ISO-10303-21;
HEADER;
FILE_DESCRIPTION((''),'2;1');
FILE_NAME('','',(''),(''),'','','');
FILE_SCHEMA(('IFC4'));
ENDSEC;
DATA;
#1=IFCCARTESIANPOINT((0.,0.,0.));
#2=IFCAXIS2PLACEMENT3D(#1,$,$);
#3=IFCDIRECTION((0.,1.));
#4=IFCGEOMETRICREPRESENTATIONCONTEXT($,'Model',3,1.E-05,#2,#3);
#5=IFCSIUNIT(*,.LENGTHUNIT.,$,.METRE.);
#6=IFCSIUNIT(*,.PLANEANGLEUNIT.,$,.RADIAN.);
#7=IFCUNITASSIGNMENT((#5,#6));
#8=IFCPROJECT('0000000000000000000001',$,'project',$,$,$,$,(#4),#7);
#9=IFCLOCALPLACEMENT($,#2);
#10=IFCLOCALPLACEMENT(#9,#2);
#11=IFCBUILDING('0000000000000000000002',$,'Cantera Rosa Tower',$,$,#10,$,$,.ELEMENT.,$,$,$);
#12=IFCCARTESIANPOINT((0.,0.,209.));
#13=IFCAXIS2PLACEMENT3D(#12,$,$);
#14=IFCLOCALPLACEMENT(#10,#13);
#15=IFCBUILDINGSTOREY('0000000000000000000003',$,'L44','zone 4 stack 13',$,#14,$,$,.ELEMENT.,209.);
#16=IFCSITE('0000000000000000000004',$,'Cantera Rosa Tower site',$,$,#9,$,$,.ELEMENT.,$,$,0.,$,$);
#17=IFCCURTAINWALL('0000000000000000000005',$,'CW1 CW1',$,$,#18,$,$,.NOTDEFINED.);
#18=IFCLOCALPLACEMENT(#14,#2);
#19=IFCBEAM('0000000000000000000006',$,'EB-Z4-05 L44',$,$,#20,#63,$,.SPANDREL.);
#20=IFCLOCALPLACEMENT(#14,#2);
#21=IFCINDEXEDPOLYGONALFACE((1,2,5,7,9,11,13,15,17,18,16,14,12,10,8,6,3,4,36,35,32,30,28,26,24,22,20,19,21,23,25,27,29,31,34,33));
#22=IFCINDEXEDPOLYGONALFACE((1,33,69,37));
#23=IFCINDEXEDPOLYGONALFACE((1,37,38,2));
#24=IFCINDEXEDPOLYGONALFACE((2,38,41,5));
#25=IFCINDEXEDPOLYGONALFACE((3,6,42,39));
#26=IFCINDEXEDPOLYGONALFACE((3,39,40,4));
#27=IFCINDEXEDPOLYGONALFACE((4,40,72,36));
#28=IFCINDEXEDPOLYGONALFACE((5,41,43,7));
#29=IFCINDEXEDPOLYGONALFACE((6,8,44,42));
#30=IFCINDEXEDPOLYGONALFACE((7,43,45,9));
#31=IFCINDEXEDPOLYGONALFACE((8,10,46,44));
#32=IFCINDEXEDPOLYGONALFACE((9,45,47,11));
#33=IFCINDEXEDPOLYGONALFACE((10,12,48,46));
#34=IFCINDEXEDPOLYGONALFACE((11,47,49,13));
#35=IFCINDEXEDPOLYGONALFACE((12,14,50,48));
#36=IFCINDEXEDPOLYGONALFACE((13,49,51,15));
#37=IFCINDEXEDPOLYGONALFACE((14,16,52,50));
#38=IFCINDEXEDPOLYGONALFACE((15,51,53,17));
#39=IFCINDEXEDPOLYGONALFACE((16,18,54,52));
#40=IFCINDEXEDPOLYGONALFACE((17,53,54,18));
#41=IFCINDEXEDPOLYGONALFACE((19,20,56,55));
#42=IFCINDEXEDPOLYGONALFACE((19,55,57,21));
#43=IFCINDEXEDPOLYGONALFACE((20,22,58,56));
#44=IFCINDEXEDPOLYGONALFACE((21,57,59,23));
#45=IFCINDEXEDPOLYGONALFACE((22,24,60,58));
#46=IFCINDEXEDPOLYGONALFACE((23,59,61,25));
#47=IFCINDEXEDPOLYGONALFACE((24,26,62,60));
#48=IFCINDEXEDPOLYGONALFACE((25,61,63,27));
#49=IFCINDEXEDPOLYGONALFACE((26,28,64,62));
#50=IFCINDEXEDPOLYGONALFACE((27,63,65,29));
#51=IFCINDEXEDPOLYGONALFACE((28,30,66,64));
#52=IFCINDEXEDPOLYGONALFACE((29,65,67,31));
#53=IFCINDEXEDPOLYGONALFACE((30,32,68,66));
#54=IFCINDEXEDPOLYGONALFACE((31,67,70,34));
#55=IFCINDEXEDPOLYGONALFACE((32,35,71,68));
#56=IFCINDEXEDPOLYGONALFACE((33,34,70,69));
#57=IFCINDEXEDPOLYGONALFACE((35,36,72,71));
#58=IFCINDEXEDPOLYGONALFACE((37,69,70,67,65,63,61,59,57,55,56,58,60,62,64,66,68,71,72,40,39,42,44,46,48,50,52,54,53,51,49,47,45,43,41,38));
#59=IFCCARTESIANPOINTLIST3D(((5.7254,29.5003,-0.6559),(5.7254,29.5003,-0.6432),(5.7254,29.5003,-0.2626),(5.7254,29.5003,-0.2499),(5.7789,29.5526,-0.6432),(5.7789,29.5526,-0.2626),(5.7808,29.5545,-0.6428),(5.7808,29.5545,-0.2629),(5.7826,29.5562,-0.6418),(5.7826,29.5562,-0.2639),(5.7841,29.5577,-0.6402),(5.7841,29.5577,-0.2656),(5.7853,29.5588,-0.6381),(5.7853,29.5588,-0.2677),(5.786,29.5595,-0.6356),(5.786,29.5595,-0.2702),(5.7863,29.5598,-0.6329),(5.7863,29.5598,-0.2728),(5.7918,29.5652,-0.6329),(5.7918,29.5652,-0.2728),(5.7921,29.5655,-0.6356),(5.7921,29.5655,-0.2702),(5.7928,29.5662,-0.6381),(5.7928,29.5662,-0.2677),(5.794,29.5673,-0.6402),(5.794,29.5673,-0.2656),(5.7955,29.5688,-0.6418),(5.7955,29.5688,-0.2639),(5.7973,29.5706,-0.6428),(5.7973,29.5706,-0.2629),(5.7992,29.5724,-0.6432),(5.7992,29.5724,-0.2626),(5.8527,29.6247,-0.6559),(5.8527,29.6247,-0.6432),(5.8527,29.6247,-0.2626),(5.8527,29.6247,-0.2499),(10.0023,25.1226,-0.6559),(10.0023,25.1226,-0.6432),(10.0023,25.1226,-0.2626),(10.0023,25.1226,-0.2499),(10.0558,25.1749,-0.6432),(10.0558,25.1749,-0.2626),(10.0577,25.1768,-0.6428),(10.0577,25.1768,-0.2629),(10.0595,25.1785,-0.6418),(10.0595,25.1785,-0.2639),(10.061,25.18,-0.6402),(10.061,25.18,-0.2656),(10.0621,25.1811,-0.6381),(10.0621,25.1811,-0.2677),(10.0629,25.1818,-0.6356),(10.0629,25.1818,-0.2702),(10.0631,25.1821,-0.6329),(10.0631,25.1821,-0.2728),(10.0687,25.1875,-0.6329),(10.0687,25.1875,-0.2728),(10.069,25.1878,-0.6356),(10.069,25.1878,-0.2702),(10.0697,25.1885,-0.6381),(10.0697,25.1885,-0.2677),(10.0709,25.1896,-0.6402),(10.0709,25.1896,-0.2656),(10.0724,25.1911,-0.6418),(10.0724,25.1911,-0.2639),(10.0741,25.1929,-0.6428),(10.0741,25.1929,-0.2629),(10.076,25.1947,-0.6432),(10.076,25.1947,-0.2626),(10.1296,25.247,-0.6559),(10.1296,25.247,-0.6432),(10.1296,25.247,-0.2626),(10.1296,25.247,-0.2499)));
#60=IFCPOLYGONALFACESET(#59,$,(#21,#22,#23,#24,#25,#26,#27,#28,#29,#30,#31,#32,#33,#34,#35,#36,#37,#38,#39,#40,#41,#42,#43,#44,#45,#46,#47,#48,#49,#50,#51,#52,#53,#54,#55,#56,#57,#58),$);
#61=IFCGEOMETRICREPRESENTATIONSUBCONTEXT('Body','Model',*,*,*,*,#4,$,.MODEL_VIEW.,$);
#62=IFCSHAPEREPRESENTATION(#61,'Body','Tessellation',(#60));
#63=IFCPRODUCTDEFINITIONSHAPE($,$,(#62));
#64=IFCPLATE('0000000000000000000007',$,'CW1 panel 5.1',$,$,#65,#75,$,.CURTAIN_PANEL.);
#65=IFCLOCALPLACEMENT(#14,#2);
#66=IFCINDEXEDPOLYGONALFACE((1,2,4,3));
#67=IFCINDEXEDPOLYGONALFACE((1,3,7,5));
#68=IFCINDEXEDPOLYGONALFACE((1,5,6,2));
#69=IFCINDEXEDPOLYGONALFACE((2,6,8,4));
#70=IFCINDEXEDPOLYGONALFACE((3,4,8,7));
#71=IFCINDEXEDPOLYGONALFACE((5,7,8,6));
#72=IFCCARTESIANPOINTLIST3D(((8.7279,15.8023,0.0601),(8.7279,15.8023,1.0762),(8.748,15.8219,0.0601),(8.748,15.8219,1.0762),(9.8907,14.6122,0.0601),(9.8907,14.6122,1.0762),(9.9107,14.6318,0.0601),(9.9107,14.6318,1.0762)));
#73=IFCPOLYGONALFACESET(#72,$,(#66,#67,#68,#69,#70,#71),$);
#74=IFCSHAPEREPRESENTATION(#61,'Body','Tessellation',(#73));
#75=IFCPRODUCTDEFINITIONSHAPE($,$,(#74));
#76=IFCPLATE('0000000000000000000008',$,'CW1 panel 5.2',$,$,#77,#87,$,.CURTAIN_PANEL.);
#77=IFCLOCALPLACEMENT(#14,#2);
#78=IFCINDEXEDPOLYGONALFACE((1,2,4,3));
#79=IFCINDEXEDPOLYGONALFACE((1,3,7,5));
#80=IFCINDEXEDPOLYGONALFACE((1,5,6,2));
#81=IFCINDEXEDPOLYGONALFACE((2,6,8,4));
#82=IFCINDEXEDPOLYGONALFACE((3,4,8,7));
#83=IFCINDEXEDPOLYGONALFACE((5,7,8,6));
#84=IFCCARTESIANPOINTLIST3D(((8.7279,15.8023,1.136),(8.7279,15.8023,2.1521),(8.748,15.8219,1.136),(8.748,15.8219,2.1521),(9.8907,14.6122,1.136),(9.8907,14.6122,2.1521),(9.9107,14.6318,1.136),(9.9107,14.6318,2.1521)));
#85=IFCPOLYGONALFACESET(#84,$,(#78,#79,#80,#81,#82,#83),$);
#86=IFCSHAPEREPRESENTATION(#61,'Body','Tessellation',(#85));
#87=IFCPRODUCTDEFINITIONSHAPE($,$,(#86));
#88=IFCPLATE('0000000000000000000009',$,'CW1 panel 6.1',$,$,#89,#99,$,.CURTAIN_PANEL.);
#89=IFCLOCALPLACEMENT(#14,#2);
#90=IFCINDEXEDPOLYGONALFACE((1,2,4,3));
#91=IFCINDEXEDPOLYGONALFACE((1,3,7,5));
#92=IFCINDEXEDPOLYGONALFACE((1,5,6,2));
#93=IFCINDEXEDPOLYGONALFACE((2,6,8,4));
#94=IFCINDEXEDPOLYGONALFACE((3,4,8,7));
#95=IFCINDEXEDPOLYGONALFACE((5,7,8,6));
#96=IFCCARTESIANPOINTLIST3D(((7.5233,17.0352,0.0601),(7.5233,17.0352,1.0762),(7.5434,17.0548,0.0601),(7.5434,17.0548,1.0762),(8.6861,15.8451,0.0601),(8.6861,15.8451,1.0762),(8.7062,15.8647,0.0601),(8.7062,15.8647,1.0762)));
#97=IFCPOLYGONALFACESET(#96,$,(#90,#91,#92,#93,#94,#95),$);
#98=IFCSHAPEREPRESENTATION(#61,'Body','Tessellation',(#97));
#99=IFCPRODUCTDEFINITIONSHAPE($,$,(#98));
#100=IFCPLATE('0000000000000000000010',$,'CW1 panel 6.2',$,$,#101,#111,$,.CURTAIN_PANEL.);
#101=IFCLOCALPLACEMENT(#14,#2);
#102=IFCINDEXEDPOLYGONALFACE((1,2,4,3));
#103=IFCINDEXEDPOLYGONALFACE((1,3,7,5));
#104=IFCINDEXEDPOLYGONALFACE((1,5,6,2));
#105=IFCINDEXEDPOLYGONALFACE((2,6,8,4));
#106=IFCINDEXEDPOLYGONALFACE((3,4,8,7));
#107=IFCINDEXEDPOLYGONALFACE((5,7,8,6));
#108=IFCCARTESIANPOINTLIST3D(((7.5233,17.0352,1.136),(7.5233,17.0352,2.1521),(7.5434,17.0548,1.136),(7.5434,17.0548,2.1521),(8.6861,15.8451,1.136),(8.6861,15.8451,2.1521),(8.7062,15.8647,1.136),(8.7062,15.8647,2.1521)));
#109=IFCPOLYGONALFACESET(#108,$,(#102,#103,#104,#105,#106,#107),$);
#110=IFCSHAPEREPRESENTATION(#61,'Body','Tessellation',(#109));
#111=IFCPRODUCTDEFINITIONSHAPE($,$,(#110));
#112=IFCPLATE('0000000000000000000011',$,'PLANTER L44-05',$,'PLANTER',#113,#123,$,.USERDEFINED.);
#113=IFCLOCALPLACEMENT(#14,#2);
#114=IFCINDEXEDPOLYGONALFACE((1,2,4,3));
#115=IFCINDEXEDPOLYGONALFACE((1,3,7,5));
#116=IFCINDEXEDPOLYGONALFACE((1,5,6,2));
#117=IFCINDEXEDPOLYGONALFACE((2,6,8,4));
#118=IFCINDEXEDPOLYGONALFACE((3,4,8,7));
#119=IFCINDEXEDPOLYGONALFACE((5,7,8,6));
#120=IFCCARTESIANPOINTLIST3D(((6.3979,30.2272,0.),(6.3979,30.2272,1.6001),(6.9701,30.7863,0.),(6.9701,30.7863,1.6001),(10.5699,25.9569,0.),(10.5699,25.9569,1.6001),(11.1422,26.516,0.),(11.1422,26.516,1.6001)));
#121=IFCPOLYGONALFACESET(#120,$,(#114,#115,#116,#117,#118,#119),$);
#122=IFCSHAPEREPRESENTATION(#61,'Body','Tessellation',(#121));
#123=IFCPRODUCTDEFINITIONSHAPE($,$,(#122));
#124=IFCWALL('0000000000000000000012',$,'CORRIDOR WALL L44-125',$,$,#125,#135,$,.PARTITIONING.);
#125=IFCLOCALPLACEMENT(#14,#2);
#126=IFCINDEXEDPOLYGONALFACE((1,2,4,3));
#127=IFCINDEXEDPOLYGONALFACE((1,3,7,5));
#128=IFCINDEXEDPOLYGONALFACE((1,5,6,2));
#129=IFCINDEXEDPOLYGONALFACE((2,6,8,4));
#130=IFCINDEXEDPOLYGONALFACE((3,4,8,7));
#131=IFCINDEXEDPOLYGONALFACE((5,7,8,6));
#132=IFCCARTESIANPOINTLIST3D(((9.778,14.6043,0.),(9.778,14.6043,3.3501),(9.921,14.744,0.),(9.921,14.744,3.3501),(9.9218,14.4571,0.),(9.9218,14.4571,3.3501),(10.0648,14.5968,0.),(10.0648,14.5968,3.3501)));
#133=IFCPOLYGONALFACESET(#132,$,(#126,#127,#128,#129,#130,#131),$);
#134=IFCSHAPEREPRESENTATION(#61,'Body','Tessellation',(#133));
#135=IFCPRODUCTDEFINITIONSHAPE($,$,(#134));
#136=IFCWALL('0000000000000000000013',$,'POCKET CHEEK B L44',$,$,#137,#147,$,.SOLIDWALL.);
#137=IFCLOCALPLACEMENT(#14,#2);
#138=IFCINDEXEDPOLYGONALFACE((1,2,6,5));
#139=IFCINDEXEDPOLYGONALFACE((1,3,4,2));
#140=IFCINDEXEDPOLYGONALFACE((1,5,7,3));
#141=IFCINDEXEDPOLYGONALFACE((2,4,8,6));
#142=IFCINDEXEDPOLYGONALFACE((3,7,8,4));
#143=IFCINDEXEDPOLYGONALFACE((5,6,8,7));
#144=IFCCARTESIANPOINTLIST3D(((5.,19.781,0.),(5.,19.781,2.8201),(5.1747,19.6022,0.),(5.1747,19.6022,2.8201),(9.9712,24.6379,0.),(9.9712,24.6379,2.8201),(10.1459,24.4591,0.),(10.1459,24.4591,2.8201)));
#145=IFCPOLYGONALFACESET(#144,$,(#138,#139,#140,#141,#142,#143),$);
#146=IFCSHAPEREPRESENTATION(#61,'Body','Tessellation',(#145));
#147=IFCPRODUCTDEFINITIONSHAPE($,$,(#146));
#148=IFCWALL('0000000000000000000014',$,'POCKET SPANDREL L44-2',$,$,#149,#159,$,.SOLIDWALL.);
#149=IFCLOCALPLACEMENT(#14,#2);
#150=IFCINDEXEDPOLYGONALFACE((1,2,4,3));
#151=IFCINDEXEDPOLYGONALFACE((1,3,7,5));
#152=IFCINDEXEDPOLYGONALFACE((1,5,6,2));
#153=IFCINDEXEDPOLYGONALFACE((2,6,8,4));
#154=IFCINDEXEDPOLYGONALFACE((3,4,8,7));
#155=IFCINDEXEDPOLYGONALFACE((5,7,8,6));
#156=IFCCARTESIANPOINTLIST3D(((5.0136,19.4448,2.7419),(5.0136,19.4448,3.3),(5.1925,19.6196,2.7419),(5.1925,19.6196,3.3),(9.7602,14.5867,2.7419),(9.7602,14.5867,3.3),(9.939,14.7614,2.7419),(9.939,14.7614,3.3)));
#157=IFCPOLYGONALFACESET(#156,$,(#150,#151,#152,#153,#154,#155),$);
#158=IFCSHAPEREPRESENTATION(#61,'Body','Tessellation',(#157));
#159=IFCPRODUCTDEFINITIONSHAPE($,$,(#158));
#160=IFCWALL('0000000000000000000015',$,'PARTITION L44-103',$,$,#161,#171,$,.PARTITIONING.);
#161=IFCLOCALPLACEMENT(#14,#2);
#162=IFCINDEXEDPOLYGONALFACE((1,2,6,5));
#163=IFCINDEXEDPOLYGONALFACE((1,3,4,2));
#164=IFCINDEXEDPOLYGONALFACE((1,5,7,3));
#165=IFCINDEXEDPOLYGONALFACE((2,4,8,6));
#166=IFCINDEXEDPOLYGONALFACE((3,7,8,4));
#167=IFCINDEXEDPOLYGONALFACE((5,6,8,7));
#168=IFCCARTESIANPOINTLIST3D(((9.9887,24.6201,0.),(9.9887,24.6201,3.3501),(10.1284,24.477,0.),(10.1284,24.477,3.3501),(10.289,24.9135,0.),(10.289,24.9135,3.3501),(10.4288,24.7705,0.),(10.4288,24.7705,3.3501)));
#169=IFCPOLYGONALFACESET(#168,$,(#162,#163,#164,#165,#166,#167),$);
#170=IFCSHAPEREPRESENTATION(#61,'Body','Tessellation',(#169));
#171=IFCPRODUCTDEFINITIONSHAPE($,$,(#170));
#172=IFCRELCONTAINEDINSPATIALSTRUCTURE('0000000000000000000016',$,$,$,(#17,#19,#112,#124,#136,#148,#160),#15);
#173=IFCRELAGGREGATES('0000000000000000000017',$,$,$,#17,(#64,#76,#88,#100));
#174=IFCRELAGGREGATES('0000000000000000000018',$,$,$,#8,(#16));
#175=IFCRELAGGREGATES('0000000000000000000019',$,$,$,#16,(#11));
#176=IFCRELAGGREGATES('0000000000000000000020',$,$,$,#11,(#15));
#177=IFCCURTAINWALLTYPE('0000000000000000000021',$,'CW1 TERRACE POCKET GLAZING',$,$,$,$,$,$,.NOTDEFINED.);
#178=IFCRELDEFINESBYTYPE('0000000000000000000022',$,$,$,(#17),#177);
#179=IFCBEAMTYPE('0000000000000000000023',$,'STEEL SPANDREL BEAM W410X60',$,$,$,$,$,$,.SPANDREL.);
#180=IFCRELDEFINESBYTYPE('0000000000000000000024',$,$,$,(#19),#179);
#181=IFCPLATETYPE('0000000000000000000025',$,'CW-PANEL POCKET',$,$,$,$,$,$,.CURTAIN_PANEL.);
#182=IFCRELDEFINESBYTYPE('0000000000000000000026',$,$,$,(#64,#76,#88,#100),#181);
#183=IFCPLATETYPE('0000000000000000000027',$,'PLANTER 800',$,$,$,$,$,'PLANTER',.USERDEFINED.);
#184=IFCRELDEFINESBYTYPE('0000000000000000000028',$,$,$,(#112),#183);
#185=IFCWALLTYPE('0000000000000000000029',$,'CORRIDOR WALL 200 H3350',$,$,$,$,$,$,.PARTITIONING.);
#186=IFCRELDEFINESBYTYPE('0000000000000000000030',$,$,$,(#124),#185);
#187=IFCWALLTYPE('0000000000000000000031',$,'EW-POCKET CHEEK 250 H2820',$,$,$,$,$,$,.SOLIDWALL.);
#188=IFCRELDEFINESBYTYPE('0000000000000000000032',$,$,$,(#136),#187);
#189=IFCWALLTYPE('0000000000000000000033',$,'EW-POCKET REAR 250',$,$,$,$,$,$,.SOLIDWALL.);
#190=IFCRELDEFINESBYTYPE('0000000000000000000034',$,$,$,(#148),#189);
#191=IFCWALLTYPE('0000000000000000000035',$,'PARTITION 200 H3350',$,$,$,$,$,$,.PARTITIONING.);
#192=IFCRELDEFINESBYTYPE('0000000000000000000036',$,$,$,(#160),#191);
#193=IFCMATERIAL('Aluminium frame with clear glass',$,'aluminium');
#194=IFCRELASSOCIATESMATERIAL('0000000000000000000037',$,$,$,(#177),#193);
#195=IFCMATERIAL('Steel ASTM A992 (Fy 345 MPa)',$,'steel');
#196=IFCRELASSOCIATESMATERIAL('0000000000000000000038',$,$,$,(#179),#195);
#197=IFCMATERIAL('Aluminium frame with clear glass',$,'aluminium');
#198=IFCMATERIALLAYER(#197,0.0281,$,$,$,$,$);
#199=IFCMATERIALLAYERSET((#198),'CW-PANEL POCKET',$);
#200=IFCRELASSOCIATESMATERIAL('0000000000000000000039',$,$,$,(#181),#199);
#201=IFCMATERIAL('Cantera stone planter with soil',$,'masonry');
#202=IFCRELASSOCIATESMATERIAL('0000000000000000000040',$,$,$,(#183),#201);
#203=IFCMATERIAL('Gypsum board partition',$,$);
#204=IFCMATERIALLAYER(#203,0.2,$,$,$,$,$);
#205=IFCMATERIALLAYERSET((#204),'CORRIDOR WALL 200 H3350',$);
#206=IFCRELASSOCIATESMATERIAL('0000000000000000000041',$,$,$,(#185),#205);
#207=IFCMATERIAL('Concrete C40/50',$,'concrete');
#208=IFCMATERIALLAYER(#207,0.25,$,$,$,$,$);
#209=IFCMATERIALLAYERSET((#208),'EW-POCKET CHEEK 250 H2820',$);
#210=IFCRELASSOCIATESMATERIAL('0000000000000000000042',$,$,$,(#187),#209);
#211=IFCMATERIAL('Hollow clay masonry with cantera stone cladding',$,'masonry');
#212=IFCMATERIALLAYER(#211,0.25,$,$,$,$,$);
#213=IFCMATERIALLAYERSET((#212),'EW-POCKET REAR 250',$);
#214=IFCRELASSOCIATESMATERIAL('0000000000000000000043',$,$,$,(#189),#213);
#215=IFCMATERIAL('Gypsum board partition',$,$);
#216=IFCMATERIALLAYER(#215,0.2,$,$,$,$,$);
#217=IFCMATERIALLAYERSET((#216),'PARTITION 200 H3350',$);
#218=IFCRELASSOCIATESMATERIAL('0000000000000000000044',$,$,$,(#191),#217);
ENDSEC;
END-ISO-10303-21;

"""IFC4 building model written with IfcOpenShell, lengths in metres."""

from ifc_helpers import new_model, si_unit, direction, frame, frame_2d, origin, origin_2d, place, context, subcontext, project, spatial, rectangle, i_section, extrude, material, layer, layer_set, material_profile, profile_set, type_object, element, aggregate, save


model = new_model("IFC4")

# Units and contexts
model_context = context("Model", 3, precision=1e-05, world=origin(), true_north=direction((0.0, 1.0)))
body_context = subcontext(model_context, "Body", "Model", "MODEL_VIEW")
ifc_project = project(units=[si_unit("LENGTHUNIT", "METRE"), si_unit("PLANEANGLEUNIT", "RADIAN")], contexts=[model_context])

# Site, building, storey
site_placement = place(None, origin())
site = spatial("IfcSite", under=ifc_project, at=site_placement, Name="Cantera Rosa Tower site", CompositionType="ELEMENT", RefElevation=0.0)
building_placement = place(site_placement, origin())
building = spatial("IfcBuilding", under=site, at=building_placement, Name="Cantera Rosa Tower", CompositionType="ELEMENT")
storey_placement = place(building_placement, frame((0.0, 0.0, 209.0)))
storey = spatial("IfcBuildingStorey", under=building, at=storey_placement, Name="L44", Description="zone 4 stack 13", CompositionType="ELEMENT", Elevation=209.0)

# Curtain wall
ifc_material_1 = material(Name="Aluminium frame with clear glass", Category="aluminium")
curtain_wall_type = type_object("IfcCurtainWallType", Name="CW1 TERRACE POCKET GLAZING", PredefinedType="NOTDEFINED", material=ifc_material_1)
curtain_wall_placement = place(storey_placement, origin())
curtain_wall = element("IfcCurtainWall", 1, at=curtain_wall_placement, inside=storey, type_object=curtain_wall_type, Name="CW1 CW1", PredefinedType="NOTDEFINED")

# Beam
ifc_material_2 = material(Name="Steel ASTM A992 (Fy 345 MPa)", Category="steel")
ifc_material_profile_1 = material_profile(ifc_material_2, i_section(OverallWidth=0.178, OverallDepth=0.406, WebThickness=0.0078, FlangeThickness=0.0127, FilletRadius=0.0103, at=origin_2d()), Name="W410X60")
ifc_profile_set_1 = profile_set([ifc_material_profile_1], Name="Steel ASTM A992 (Fy 345 MPa)")
beam_type_1 = type_object("IfcBeamType", Name="STEEL SPANDREL BEAM W410X60", PredefinedType="SPANDREL", material=ifc_profile_set_1)
beam_placement = place(storey_placement, frame((10.0659, 25.1848, -0.4529), z_axis=(-0.698821, 0.715296, 0.0), x_axis=(-0.715296, -0.698821, 0.0)))
element("IfcBeam", 2, at=beam_placement, inside=storey, type_object=beam_type_1, Name="EB-Z4-05 L44", PredefinedType="SPANDREL", context=body_context, shape_type="SweptSolid", body=[
    extrude(i_section(OverallWidth=0.178, OverallDepth=0.406, WebThickness=0.0078, FlangeThickness=0.0127, FilletRadius=0.0103, at=origin_2d()), origin(), (0.0, 0.0, 1.0), 6.1201),
])

# Plates
ifc_material_3 = material(Name="Aluminium frame with clear glass", Category="aluminium")
ifc_layer_1 = layer(ifc_material_3, 0.0281)
ifc_layer_set_1 = layer_set([ifc_layer_1], Name="CW-PANEL POCKET")
plate_type_1 = type_object("IfcPlateType", Name="CW-PANEL POCKET", PredefinedType="CURTAIN_PANEL", material=ifc_layer_set_1)
plate_1_placement = place(storey_placement, frame((9.3193, 15.217, 0.0601), z_axis=(0.0, 0.0, 1.0), x_axis=(-0.698832, 0.715286, 0.0)))
plate_1 = element("IfcPlate", 3, at=plate_1_placement, type_object=plate_type_1, Name="CW1 panel 5.1", PredefinedType="CURTAIN_PANEL", context=body_context, shape_type="SweptSolid", body=[
    extrude(rectangle(XDim=1.6638, YDim=0.0281, at=origin_2d()), origin(), (0.0, 0.0, 1.0), 1.0161),
])
plate_2_placement = place(storey_placement, frame((9.3193, 15.217, 1.136), z_axis=(0.0, 0.0, 1.0), x_axis=(-0.698832, 0.715286, 0.0)))
plate_2 = element("IfcPlate", 4, at=plate_2_placement, type_object=plate_type_1, Name="CW1 panel 5.2", PredefinedType="CURTAIN_PANEL", context=body_context, shape_type="SweptSolid", body=[
    extrude(rectangle(XDim=1.6638, YDim=0.0281, at=origin_2d()), origin(), (0.0, 0.0, 1.0), 1.0161),
])
plate_3_placement = place(storey_placement, frame((8.1147, 16.45, 0.0601), z_axis=(0.0, 0.0, 1.0), x_axis=(-0.698832, 0.715286, 0.0)))
plate_3 = element("IfcPlate", 5, at=plate_3_placement, type_object=plate_type_1, Name="CW1 panel 6.1", PredefinedType="CURTAIN_PANEL", context=body_context, shape_type="SweptSolid", body=[
    extrude(rectangle(XDim=1.6638, YDim=0.0281, at=origin_2d()), origin(), (0.0, 0.0, 1.0), 1.0161),
])
plate_4_placement = place(storey_placement, frame((8.1147, 16.45, 1.136), z_axis=(0.0, 0.0, 1.0), x_axis=(-0.698832, 0.715286, 0.0)))
plate_4 = element("IfcPlate", 6, at=plate_4_placement, type_object=plate_type_1, Name="CW1 panel 6.2", PredefinedType="CURTAIN_PANEL", context=body_context, shape_type="SweptSolid", body=[
    extrude(rectangle(XDim=1.6638, YDim=0.0281, at=origin_2d()), origin(), (0.0, 0.0, 1.0), 1.0161),
])
aggregate(curtain_wall, [plate_1, plate_2, plate_3, plate_4])
ifc_material_4 = material(Name="Cantera stone planter with soil", Category="masonry")
plate_type_2 = type_object("IfcPlateType", Name="PLANTER 800", ElementType="PLANTER", PredefinedType="USERDEFINED", material=ifc_material_4)
plate_5_placement = place(storey_placement, frame((8.77, 28.3716, 0.0), z_axis=(0.0, 0.0, 1.0), x_axis=(-0.698832, 0.715286, 0.0)))
element("IfcPlate", 7, at=plate_5_placement, inside=storey, type_object=plate_type_2, Name="PLANTER L44-05", ObjectType="PLANTER", PredefinedType="USERDEFINED", context=body_context, shape_type="SweptSolid", body=[
    extrude(rectangle(XDim=5.97, YDim=0.8, at=origin_2d()), origin(), (0.0, 0.0, 1.0), 1.6001),
])

# Wall
ifc_material_5 = material(Name="Gypsum board partition")
ifc_layer_2 = layer(ifc_material_5, 0.2)
ifc_layer_set_2 = layer_set([ifc_layer_2], Name="CORRIDOR WALL 200 H3350")
wall_type_1 = type_object("IfcWallType", Name="CORRIDOR WALL 200 H3350", PredefinedType="PARTITIONING", material=ifc_layer_set_2)
wall_1_placement = place(storey_placement, frame((9.9934, 14.5269, 0.0), z_axis=(0.0, 0.0, 1.0), x_axis=(-0.698754, 0.715362, 0.0)))
element("IfcWall", 8, at=wall_1_placement, inside=storey, type_object=wall_type_1, Name="CORRIDOR WALL L44-125", PredefinedType="PARTITIONING", context=body_context, shape_type="SweptSolid", body=[
    extrude(rectangle(XDim=0.2058, YDim=0.2, at=frame_2d((0.103, 0.0))), origin(), (0.0, 0.0, 1.0), 3.3501),
])

# Walls
ifc_material_6 = material(Name="Concrete C40/50", Category="concrete")
ifc_layer_3 = layer(ifc_material_6, 0.25)
ifc_layer_set_3 = layer_set([ifc_layer_3], Name="EW-POCKET CHEEK 250 H2820")
wall_type_2 = type_object("IfcWallType", Name="EW-POCKET CHEEK 250 H2820", PredefinedType="SOLIDWALL", material=ifc_layer_set_3)
wall_2_placement = place(storey_placement, frame((10.0586, 24.5486, 0.0), z_axis=(0.0, 0.0, 1.0), x_axis=(-0.715279, -0.698839, 0.0)))
element("IfcWall", 9, at=wall_2_placement, inside=storey, type_object=wall_type_2, Name="POCKET CHEEK B L44", PredefinedType="SOLIDWALL", context=body_context, shape_type="SweptSolid", body=[
    extrude(rectangle(XDim=6.95, YDim=0.25, at=frame_2d((3.4751, 0.0))), origin(), (0.0, 0.0, 1.0), 2.8201),
])
ifc_material_7 = material(Name="Hollow clay masonry with cantera stone cladding", Category="masonry")
ifc_layer_4 = layer(ifc_material_7, 0.25)
ifc_layer_set_4 = layer_set([ifc_layer_4], Name="EW-POCKET REAR 250")
wall_type_3 = type_object("IfcWallType", Name="EW-POCKET REAR 250", PredefinedType="SOLIDWALL", material=ifc_layer_set_4)
wall_3_placement = place(storey_placement, frame((9.8496, 14.6741, 2.7419), z_axis=(0.0, 0.0, 1.0), x_axis=(-0.698846, 0.715273, 0.0)))
element("IfcWall", 10, at=wall_3_placement, inside=storey, type_object=wall_type_3, Name="POCKET SPANDREL L44-2", PredefinedType="SOLIDWALL", context=body_context, shape_type="SweptSolid", body=[
    extrude(rectangle(XDim=6.792, YDim=0.25, at=frame_2d((3.396, 0.0))), origin(), (0.0, 0.0, 1.0), 0.5581),
])
ifc_material_8 = material(Name="Gypsum board partition")
ifc_layer_5 = layer(ifc_material_8, 0.2)
ifc_layer_set_5 = layer_set([ifc_layer_5], Name="PARTITION 200 H3350")
wall_type_4 = type_object("IfcWallType", Name="PARTITION 200 H3350", PredefinedType="PARTITIONING", material=ifc_layer_set_5)
wall_4_placement = place(storey_placement, frame((10.3589, 24.842, 0.0), z_axis=(0.0, 0.0, 1.0), x_axis=(-0.7152, -0.698919, 0.0)))
element("IfcWall", 11, at=wall_4_placement, inside=storey, type_object=wall_type_4, Name="PARTITION L44-103", PredefinedType="PARTITIONING", context=body_context, shape_type="SweptSolid", body=[
    extrude(rectangle(XDim=0.4199, YDim=0.2, at=frame_2d((0.21, 0.0))), origin(), (0.0, 0.0, 1.0), 3.3501),
])

save(model, "model.ifc")
